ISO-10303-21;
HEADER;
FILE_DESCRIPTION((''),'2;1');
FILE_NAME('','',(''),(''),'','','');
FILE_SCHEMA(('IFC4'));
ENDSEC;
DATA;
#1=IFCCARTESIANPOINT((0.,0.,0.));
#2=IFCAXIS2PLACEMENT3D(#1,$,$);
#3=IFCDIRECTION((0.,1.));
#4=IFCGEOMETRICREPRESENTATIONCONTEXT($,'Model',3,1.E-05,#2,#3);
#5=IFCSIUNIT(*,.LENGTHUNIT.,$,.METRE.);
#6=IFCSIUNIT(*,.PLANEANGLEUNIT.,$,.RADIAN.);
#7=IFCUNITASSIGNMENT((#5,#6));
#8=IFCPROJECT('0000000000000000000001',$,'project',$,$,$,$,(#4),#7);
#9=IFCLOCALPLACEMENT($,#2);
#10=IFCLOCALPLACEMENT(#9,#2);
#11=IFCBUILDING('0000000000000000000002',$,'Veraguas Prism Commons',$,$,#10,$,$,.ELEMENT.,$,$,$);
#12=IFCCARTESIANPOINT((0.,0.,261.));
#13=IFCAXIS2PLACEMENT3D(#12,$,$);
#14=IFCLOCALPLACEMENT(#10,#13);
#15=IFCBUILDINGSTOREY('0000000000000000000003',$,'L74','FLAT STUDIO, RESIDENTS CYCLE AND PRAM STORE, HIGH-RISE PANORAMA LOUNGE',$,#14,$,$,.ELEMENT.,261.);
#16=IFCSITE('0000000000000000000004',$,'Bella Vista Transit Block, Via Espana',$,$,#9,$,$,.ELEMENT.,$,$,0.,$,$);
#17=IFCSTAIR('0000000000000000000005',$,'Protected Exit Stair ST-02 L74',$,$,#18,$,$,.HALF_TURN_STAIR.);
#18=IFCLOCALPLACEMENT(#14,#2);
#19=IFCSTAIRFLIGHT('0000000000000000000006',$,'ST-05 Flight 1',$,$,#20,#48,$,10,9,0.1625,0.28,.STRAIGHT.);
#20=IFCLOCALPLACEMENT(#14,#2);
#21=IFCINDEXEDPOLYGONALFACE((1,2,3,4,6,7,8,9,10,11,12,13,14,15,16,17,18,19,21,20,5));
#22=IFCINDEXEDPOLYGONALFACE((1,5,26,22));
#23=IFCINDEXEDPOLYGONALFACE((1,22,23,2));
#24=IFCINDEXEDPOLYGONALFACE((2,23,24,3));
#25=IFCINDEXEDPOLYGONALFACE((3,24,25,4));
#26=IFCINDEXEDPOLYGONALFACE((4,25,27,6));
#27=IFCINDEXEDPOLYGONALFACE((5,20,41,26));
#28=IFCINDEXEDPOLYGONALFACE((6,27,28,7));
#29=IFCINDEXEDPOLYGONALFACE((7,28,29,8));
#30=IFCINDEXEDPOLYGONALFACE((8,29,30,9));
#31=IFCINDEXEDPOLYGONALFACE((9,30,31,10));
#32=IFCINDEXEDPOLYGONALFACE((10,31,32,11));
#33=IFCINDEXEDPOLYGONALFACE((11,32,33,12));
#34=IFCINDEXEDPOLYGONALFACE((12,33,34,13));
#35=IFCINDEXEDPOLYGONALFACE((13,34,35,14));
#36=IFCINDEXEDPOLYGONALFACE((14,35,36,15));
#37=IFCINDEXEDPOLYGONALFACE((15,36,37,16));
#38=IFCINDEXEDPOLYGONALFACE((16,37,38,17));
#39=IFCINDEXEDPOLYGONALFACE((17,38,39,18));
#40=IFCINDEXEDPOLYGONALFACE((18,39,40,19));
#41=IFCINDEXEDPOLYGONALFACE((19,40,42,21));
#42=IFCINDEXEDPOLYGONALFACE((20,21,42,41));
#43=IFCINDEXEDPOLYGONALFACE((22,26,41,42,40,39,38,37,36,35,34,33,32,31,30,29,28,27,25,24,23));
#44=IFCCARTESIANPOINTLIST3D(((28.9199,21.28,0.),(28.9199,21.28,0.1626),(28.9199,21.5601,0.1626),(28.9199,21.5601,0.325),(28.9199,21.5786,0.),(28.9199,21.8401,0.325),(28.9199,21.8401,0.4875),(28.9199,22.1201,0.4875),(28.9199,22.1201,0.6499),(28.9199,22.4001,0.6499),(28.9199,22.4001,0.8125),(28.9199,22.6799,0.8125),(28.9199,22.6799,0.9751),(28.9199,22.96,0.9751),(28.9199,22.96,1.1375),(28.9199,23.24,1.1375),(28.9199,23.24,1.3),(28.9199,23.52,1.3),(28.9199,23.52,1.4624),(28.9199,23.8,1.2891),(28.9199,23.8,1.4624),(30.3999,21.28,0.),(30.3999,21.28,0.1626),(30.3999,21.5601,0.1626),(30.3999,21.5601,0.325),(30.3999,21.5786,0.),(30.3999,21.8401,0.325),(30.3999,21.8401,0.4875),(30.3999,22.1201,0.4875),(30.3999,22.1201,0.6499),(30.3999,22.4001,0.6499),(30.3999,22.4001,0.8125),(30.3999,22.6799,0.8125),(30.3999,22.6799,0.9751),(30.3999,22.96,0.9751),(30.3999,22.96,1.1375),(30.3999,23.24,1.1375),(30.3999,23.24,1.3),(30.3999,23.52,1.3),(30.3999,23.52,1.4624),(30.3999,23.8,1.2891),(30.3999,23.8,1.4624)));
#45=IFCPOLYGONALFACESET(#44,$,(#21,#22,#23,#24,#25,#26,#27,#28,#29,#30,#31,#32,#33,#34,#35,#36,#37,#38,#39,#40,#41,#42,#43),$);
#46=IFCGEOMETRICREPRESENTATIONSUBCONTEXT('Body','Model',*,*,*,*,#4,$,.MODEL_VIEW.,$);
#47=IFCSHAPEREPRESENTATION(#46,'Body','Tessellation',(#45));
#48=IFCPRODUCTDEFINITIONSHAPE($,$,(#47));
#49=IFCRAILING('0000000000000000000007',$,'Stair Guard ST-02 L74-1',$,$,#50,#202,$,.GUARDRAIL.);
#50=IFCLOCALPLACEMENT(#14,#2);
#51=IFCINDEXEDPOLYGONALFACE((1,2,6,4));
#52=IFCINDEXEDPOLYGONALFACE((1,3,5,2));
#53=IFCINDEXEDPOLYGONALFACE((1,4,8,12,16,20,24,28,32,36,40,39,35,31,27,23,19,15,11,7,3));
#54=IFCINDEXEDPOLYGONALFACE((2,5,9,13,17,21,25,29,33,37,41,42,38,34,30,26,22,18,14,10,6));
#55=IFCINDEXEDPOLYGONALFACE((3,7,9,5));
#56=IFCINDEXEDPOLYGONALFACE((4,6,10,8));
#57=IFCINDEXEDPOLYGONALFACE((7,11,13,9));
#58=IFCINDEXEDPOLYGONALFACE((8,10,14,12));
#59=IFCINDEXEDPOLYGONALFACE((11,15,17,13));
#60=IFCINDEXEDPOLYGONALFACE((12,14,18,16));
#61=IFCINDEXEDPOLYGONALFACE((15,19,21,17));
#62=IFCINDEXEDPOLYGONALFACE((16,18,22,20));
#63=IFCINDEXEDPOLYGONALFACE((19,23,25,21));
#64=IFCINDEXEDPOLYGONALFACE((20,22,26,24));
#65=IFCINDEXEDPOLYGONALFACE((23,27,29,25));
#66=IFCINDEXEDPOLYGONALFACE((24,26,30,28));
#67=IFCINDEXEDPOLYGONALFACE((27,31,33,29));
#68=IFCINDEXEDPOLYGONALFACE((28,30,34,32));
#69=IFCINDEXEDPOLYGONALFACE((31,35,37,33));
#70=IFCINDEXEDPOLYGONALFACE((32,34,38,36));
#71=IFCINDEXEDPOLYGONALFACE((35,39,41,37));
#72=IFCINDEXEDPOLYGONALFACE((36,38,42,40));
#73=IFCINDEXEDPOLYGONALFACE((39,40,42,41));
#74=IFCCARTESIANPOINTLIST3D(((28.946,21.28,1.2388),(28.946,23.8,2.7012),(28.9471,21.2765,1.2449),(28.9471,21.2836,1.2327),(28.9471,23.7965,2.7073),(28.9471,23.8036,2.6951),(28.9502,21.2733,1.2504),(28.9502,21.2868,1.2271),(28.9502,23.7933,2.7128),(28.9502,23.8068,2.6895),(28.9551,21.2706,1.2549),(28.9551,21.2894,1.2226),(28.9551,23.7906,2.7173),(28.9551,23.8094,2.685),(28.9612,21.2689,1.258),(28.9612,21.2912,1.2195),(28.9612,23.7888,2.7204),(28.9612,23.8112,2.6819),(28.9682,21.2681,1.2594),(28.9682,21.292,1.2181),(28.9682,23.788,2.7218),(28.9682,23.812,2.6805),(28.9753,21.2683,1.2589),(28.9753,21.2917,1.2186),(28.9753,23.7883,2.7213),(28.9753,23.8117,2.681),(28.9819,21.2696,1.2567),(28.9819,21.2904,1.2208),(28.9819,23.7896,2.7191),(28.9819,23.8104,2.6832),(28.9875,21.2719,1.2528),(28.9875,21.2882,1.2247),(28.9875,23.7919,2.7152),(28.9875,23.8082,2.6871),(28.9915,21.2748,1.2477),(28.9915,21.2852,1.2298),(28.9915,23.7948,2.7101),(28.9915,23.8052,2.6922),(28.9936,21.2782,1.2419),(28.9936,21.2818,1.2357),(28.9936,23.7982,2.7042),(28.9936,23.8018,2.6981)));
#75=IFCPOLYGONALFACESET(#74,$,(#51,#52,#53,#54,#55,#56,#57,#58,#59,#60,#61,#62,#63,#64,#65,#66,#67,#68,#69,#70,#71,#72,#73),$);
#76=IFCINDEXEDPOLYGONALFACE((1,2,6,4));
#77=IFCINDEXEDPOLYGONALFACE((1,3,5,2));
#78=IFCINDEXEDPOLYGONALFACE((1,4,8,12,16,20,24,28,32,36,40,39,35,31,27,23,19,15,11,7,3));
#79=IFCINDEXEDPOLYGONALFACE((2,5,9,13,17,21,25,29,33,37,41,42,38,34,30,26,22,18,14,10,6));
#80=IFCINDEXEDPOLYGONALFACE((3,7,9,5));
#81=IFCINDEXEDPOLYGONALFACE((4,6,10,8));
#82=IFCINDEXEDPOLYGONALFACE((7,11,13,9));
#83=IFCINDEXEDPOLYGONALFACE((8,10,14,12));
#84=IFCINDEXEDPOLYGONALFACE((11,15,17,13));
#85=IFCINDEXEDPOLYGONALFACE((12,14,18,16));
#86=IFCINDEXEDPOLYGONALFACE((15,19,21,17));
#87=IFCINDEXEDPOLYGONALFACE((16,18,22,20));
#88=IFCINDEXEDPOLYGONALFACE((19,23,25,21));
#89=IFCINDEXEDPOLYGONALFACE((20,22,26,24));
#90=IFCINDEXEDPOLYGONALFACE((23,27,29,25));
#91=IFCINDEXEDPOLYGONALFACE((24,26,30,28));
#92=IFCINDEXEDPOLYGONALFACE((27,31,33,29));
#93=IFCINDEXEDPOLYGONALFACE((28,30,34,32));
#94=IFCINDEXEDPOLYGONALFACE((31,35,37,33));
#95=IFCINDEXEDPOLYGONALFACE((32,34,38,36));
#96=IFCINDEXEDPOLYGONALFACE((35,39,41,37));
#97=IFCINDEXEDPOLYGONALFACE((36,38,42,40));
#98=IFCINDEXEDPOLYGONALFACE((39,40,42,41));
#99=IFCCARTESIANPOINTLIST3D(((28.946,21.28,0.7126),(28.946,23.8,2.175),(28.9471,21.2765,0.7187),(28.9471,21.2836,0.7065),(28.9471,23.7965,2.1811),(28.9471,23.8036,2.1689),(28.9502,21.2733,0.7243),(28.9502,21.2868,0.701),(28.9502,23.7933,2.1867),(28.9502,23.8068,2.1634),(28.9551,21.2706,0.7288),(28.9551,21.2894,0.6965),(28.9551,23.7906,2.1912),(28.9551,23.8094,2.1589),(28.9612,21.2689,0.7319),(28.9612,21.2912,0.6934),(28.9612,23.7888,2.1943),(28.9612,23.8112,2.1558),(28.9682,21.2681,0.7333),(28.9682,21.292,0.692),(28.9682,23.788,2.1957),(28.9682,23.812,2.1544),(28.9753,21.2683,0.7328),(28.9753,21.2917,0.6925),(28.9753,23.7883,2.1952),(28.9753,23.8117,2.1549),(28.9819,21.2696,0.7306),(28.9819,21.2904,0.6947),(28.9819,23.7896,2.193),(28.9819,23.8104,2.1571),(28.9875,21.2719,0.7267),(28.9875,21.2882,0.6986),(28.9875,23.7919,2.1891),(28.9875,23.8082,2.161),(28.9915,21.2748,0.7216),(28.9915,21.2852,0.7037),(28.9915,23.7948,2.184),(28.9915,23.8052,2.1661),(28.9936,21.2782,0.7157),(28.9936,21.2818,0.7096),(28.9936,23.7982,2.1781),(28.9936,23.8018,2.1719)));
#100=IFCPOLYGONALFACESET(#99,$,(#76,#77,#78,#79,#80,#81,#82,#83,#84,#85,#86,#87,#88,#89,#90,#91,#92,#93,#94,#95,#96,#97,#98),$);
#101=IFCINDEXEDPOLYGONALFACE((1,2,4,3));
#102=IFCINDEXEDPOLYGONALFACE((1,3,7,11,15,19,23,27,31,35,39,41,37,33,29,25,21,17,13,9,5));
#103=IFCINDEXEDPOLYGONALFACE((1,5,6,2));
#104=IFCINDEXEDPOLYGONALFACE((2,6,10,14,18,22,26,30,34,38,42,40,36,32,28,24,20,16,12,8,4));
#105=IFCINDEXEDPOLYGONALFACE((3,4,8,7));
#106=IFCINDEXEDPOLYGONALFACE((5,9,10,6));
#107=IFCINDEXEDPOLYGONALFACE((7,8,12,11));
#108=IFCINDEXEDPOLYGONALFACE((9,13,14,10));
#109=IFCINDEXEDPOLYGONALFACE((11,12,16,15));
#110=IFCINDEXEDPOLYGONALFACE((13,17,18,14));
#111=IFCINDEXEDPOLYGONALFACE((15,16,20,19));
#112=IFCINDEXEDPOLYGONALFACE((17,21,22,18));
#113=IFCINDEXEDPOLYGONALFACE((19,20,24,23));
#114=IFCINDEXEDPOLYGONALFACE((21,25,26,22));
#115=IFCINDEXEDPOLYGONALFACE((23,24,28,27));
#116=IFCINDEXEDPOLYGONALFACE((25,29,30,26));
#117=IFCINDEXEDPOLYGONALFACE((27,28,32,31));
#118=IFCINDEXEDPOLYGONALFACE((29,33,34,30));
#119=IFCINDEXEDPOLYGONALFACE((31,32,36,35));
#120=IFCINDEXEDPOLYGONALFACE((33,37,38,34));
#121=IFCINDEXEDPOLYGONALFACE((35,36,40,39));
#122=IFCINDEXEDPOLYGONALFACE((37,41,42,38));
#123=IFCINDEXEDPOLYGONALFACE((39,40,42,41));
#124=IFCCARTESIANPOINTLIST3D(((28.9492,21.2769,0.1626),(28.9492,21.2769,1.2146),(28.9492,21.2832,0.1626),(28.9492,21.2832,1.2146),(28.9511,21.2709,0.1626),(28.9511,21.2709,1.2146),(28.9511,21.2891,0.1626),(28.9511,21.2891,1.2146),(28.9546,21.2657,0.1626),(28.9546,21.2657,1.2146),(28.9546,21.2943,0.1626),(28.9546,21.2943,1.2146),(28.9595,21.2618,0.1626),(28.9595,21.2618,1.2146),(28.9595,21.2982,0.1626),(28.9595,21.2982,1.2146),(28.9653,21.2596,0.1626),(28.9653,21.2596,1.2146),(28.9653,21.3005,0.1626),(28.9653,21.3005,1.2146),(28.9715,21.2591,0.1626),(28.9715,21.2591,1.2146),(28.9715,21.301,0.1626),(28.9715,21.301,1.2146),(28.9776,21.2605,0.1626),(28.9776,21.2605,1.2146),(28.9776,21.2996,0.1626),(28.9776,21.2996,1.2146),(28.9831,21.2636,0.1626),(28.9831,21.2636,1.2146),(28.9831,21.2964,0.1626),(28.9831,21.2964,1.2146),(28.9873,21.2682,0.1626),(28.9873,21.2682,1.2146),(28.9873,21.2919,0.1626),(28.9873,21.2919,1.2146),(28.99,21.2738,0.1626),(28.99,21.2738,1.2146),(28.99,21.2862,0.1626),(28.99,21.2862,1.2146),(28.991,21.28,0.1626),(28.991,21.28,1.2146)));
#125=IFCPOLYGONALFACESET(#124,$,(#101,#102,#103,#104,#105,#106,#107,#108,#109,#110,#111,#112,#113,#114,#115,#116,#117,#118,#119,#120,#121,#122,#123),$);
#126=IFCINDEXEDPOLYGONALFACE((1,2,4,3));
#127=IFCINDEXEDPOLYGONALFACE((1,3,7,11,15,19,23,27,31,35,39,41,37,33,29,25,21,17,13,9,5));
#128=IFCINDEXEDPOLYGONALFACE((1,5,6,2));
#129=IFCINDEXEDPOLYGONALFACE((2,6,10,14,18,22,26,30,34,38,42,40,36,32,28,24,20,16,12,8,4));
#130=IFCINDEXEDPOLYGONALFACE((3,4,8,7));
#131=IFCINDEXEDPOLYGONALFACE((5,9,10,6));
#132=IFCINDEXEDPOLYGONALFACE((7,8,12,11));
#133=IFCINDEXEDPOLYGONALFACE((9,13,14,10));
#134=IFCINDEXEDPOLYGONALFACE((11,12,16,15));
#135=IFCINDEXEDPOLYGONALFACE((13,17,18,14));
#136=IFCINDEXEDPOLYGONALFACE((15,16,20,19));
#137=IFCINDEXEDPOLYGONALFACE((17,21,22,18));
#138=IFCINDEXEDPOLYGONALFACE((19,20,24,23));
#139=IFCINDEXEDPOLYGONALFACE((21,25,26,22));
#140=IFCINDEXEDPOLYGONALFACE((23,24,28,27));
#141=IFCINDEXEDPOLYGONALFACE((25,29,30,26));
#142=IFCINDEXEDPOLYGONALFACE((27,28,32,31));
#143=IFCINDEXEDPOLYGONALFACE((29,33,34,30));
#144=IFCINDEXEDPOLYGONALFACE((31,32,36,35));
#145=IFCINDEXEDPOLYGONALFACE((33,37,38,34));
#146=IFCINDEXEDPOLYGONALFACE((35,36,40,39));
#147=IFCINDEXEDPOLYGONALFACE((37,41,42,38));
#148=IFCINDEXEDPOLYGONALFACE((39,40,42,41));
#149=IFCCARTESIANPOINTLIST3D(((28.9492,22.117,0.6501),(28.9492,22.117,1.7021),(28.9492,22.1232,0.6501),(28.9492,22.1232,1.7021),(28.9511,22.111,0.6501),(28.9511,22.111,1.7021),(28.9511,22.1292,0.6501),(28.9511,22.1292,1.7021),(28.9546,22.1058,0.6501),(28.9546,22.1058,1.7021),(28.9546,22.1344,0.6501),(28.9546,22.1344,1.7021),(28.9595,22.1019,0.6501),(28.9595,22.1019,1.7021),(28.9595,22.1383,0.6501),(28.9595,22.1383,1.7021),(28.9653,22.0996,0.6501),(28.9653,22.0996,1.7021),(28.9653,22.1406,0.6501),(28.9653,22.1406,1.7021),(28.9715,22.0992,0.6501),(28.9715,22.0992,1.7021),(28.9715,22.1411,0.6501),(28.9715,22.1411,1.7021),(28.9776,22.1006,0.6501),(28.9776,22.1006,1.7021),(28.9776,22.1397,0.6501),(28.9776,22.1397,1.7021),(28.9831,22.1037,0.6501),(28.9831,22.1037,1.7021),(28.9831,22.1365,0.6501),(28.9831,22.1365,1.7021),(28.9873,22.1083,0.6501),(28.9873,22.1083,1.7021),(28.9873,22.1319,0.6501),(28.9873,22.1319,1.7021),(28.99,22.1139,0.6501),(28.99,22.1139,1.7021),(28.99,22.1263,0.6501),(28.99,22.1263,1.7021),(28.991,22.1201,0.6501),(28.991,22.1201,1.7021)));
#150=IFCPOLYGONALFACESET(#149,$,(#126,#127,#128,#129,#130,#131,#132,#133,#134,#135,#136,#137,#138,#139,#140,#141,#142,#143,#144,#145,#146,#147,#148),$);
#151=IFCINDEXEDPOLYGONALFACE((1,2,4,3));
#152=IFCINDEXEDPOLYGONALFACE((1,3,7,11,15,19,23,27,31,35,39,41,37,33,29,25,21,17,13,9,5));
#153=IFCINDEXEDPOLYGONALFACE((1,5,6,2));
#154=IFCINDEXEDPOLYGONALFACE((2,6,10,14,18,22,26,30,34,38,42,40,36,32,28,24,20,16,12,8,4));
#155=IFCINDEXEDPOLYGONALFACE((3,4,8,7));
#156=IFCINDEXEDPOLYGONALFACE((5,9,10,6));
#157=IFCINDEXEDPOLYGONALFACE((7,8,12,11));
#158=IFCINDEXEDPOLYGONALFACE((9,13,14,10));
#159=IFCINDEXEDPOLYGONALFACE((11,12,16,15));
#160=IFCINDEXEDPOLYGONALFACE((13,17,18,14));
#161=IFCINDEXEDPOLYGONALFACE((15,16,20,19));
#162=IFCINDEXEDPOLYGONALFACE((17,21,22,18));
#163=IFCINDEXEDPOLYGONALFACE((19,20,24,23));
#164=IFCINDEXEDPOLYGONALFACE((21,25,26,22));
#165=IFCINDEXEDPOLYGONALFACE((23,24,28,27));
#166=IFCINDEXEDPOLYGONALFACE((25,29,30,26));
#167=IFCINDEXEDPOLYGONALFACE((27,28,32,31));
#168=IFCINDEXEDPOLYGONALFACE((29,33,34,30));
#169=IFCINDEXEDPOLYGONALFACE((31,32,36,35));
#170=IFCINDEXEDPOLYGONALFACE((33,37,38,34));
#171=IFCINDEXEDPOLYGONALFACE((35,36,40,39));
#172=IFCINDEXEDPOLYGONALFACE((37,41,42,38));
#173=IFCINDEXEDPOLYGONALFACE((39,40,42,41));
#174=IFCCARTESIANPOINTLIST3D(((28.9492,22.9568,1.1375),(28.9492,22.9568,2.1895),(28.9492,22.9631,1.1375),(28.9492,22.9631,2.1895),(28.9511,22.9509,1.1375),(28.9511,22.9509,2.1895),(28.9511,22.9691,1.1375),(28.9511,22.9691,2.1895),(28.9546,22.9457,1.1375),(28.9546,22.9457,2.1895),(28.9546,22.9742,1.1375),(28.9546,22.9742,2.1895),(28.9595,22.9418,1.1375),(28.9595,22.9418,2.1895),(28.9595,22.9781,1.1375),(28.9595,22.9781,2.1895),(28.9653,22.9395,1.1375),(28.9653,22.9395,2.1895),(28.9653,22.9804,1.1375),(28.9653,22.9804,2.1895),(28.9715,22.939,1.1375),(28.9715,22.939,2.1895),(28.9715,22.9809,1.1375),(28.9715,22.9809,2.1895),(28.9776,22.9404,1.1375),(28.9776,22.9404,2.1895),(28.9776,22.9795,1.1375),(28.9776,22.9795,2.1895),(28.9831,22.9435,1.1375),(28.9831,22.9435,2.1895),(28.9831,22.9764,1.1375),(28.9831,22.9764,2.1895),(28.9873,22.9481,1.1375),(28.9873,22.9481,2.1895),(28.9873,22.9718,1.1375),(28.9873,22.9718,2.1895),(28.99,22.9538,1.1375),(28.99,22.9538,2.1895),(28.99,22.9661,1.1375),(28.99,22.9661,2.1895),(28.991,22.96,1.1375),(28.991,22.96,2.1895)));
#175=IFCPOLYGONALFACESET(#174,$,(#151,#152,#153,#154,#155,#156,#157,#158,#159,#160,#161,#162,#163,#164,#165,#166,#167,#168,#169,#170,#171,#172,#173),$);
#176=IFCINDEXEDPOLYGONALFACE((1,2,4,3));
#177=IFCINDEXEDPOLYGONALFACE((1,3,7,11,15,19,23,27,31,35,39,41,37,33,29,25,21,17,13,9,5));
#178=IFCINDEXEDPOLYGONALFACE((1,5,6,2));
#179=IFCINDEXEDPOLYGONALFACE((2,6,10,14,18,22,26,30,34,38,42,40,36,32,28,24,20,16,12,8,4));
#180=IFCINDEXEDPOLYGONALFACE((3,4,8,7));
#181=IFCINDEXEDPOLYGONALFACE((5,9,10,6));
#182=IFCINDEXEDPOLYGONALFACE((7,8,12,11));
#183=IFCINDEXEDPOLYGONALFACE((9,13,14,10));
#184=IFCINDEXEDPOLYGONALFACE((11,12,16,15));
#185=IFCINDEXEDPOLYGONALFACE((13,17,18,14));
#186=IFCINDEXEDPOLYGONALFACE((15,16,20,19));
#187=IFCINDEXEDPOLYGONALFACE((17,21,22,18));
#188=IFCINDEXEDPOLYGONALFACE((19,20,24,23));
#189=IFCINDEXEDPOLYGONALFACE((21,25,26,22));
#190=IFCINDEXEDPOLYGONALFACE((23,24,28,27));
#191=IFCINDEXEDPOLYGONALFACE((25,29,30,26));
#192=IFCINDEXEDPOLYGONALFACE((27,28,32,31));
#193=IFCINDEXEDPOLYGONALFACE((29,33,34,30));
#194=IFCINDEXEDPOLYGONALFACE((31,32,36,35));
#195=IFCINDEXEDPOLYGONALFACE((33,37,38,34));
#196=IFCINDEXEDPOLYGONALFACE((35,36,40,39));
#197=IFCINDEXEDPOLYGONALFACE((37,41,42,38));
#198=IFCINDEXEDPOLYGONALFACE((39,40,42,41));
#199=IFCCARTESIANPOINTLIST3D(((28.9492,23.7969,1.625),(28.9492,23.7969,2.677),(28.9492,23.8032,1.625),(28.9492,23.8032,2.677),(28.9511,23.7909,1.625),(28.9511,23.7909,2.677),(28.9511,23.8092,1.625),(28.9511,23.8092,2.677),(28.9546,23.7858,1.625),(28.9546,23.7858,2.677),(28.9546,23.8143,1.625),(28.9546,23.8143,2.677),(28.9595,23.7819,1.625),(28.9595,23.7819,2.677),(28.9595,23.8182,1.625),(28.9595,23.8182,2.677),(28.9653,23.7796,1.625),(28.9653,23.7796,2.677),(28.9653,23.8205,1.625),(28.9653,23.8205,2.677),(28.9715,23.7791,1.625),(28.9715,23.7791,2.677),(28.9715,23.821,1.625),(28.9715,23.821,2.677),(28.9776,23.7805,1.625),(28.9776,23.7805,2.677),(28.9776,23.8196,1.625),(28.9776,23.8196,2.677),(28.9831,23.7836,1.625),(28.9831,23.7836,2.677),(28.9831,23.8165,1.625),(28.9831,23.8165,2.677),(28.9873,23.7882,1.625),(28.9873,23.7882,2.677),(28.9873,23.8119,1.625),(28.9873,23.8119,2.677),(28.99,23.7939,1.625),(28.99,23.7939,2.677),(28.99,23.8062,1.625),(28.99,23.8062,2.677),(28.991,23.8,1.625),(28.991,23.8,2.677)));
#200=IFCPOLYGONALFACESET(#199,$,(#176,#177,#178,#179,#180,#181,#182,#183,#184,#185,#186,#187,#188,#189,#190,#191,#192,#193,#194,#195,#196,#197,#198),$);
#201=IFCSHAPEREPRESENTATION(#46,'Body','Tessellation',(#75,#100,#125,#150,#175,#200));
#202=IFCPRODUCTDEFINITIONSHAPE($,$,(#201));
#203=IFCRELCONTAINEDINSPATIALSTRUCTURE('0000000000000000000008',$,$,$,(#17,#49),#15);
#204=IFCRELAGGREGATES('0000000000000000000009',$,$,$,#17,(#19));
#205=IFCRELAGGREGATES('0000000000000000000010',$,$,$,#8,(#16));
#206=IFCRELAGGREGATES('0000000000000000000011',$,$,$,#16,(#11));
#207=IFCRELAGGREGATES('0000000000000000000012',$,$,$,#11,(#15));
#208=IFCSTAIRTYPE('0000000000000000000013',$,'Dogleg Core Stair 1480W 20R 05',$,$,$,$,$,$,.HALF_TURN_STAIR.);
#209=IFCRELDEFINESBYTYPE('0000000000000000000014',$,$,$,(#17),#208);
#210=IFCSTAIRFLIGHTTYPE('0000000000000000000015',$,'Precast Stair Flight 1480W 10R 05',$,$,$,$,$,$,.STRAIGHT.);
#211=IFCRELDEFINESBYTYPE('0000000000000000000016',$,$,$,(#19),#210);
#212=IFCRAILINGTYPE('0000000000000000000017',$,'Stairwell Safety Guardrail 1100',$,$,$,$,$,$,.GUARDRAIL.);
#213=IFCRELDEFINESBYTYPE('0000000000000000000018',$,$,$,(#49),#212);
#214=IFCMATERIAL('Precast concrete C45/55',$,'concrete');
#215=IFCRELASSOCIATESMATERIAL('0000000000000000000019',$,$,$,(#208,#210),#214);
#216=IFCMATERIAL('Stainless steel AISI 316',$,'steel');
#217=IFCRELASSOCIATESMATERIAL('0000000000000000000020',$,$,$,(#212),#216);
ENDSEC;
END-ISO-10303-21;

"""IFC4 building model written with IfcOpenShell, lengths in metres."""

from ifc_helpers import new_model, si_unit, direction, frame, origin, origin_2d, place, context, subcontext, project, spatial, polyline, circle, outline, extrude, material, type_object, element, aggregate, save


model = new_model("IFC4")

# Units and contexts
model_context = context("Model", 3, precision=1e-05, world=origin(), true_north=direction((0.0, 1.0)))
body_context = subcontext(model_context, "Body", "Model", "MODEL_VIEW")
ifc_project = project(units=[si_unit("LENGTHUNIT", "METRE"), si_unit("PLANEANGLEUNIT", "RADIAN")], contexts=[model_context])

# Site, building, storey
site_placement = place(None, origin())
site = spatial("IfcSite", under=ifc_project, at=site_placement, Name="Bella Vista Transit Block, Via Espana", CompositionType="ELEMENT", RefElevation=0.0)
building_placement = place(site_placement, origin())
building = spatial("IfcBuilding", under=site, at=building_placement, Name="Veraguas Prism Commons", CompositionType="ELEMENT")
storey_placement = place(building_placement, frame((0.0, 0.0, 261.0)))
storey = spatial("IfcBuildingStorey", under=building, at=storey_placement, Name="L74", Description="FLAT STUDIO, RESIDENTS CYCLE AND PRAM STORE, HIGH-RISE PANORAMA LOUNGE", CompositionType="ELEMENT", Elevation=261.0)

# Shared definitions
ifc_material_1 = material(Name="Stainless steel AISI 316", Category="steel")

# Stair, stair flight
ifc_material_2 = material(Name="Precast concrete C45/55", Category="concrete")
stair_type = type_object("IfcStairType", Name="Dogleg Core Stair 1480W 20R 05", PredefinedType="HALF_TURN_STAIR", material=ifc_material_2)
stair_placement = place(storey_placement, origin())
stair = element("IfcStair", 1, at=stair_placement, inside=storey, type_object=stair_type, Name="Protected Exit Stair ST-02 L74", PredefinedType="HALF_TURN_STAIR")
stair_flight_type = type_object("IfcStairFlightType", Name="Precast Stair Flight 1480W 10R 05", PredefinedType="STRAIGHT", material=ifc_material_2)
stair_flight_placement = place(storey_placement, frame((29.6599, 21.28, 0.0), z_axis=(0.0, 0.0, 1.0), x_axis=(0.0, 1.0, 0.0)))
stair_flight = element("IfcStairFlight", 2, at=stair_flight_placement, type_object=stair_flight_type, Name="ST-05 Flight 1", NumberOfRisers=10, NumberOfTreads=9, PredefinedType="STRAIGHT", RiserHeight=0.1625, TreadLength=0.28, context=body_context, shape_type="SweptSolid", body=[
    extrude(outline(polyline([(0.0, 0.0), (0.0, 0.1626), (0.28, 0.1626), (0.28, 0.325), (0.5601, 0.325), (0.5601, 0.4875), (0.8401, 0.4875), (0.8401, 0.6499), (1.1201, 0.6499), (1.1201, 0.8125), (1.3999, 0.8125), (1.3999, 0.9751), (1.6799, 0.9751), (1.6799, 1.1375), (1.96, 1.1375), (1.96, 1.3), (2.24, 1.3), (2.24, 1.4624), (2.52, 1.4624), (2.52, 1.625), (2.52, 1.2891), (0.2986, 0.0), (0.0, 0.0)])), frame((0.0, 0.74, 0.0), z_axis=(0.0, -1.0, 0.0), x_axis=(1.0, 0.0, 0.0)), (0.0, 0.0, 1.0), 1.48),
])
aggregate(stair, [stair_flight])

# Railing
railing_type = type_object("IfcRailingType", Name="Stairwell Safety Guardrail 1100", PredefinedType="GUARDRAIL", material=ifc_material_1)
railing_1_placement = place(storey_placement, frame((28.97, 21.28, 0.1626)))
element("IfcRailing", 3, at=railing_1_placement, inside=storey, type_object=railing_type, Name="Stair Guard ST-02 L74-1", PredefinedType="GUARDRAIL", context=body_context, shape_type="SweptSolid", body=[
    extrude(circle(Radius=0.0239, at=origin_2d()), frame((0.0, 0.0, 1.0762), z_axis=(0.0, 0.864913, 0.501921), x_axis=(-1.0, 0.0, 0.0)), (0.0, 0.0, 1.0), 2.9136),
    extrude(circle(Radius=0.0239, at=origin_2d()), frame((0.0, 0.0, 0.55), z_axis=(0.0, 0.864913, 0.501921), x_axis=(-1.0, 0.0, 0.0)), (0.0, 0.0, 1.0), 2.9136),
    extrude(circle(Radius=0.021, at=origin_2d()), origin(), (0.0, 0.0, 1.0), 1.052),
    extrude(circle(Radius=0.021, at=origin_2d()), frame((0.0, 0.8401, 0.4875)), (0.0, 0.0, 1.0), 1.052),
    extrude(circle(Radius=0.021, at=origin_2d()), frame((0.0, 1.6799, 0.9749)), (0.0, 0.0, 1.0), 1.052),
    extrude(circle(Radius=0.021, at=origin_2d()), frame((0.0, 2.52, 1.4624)), (0.0, 0.0, 1.0), 1.052),
])

save(model, "model.ifc")
